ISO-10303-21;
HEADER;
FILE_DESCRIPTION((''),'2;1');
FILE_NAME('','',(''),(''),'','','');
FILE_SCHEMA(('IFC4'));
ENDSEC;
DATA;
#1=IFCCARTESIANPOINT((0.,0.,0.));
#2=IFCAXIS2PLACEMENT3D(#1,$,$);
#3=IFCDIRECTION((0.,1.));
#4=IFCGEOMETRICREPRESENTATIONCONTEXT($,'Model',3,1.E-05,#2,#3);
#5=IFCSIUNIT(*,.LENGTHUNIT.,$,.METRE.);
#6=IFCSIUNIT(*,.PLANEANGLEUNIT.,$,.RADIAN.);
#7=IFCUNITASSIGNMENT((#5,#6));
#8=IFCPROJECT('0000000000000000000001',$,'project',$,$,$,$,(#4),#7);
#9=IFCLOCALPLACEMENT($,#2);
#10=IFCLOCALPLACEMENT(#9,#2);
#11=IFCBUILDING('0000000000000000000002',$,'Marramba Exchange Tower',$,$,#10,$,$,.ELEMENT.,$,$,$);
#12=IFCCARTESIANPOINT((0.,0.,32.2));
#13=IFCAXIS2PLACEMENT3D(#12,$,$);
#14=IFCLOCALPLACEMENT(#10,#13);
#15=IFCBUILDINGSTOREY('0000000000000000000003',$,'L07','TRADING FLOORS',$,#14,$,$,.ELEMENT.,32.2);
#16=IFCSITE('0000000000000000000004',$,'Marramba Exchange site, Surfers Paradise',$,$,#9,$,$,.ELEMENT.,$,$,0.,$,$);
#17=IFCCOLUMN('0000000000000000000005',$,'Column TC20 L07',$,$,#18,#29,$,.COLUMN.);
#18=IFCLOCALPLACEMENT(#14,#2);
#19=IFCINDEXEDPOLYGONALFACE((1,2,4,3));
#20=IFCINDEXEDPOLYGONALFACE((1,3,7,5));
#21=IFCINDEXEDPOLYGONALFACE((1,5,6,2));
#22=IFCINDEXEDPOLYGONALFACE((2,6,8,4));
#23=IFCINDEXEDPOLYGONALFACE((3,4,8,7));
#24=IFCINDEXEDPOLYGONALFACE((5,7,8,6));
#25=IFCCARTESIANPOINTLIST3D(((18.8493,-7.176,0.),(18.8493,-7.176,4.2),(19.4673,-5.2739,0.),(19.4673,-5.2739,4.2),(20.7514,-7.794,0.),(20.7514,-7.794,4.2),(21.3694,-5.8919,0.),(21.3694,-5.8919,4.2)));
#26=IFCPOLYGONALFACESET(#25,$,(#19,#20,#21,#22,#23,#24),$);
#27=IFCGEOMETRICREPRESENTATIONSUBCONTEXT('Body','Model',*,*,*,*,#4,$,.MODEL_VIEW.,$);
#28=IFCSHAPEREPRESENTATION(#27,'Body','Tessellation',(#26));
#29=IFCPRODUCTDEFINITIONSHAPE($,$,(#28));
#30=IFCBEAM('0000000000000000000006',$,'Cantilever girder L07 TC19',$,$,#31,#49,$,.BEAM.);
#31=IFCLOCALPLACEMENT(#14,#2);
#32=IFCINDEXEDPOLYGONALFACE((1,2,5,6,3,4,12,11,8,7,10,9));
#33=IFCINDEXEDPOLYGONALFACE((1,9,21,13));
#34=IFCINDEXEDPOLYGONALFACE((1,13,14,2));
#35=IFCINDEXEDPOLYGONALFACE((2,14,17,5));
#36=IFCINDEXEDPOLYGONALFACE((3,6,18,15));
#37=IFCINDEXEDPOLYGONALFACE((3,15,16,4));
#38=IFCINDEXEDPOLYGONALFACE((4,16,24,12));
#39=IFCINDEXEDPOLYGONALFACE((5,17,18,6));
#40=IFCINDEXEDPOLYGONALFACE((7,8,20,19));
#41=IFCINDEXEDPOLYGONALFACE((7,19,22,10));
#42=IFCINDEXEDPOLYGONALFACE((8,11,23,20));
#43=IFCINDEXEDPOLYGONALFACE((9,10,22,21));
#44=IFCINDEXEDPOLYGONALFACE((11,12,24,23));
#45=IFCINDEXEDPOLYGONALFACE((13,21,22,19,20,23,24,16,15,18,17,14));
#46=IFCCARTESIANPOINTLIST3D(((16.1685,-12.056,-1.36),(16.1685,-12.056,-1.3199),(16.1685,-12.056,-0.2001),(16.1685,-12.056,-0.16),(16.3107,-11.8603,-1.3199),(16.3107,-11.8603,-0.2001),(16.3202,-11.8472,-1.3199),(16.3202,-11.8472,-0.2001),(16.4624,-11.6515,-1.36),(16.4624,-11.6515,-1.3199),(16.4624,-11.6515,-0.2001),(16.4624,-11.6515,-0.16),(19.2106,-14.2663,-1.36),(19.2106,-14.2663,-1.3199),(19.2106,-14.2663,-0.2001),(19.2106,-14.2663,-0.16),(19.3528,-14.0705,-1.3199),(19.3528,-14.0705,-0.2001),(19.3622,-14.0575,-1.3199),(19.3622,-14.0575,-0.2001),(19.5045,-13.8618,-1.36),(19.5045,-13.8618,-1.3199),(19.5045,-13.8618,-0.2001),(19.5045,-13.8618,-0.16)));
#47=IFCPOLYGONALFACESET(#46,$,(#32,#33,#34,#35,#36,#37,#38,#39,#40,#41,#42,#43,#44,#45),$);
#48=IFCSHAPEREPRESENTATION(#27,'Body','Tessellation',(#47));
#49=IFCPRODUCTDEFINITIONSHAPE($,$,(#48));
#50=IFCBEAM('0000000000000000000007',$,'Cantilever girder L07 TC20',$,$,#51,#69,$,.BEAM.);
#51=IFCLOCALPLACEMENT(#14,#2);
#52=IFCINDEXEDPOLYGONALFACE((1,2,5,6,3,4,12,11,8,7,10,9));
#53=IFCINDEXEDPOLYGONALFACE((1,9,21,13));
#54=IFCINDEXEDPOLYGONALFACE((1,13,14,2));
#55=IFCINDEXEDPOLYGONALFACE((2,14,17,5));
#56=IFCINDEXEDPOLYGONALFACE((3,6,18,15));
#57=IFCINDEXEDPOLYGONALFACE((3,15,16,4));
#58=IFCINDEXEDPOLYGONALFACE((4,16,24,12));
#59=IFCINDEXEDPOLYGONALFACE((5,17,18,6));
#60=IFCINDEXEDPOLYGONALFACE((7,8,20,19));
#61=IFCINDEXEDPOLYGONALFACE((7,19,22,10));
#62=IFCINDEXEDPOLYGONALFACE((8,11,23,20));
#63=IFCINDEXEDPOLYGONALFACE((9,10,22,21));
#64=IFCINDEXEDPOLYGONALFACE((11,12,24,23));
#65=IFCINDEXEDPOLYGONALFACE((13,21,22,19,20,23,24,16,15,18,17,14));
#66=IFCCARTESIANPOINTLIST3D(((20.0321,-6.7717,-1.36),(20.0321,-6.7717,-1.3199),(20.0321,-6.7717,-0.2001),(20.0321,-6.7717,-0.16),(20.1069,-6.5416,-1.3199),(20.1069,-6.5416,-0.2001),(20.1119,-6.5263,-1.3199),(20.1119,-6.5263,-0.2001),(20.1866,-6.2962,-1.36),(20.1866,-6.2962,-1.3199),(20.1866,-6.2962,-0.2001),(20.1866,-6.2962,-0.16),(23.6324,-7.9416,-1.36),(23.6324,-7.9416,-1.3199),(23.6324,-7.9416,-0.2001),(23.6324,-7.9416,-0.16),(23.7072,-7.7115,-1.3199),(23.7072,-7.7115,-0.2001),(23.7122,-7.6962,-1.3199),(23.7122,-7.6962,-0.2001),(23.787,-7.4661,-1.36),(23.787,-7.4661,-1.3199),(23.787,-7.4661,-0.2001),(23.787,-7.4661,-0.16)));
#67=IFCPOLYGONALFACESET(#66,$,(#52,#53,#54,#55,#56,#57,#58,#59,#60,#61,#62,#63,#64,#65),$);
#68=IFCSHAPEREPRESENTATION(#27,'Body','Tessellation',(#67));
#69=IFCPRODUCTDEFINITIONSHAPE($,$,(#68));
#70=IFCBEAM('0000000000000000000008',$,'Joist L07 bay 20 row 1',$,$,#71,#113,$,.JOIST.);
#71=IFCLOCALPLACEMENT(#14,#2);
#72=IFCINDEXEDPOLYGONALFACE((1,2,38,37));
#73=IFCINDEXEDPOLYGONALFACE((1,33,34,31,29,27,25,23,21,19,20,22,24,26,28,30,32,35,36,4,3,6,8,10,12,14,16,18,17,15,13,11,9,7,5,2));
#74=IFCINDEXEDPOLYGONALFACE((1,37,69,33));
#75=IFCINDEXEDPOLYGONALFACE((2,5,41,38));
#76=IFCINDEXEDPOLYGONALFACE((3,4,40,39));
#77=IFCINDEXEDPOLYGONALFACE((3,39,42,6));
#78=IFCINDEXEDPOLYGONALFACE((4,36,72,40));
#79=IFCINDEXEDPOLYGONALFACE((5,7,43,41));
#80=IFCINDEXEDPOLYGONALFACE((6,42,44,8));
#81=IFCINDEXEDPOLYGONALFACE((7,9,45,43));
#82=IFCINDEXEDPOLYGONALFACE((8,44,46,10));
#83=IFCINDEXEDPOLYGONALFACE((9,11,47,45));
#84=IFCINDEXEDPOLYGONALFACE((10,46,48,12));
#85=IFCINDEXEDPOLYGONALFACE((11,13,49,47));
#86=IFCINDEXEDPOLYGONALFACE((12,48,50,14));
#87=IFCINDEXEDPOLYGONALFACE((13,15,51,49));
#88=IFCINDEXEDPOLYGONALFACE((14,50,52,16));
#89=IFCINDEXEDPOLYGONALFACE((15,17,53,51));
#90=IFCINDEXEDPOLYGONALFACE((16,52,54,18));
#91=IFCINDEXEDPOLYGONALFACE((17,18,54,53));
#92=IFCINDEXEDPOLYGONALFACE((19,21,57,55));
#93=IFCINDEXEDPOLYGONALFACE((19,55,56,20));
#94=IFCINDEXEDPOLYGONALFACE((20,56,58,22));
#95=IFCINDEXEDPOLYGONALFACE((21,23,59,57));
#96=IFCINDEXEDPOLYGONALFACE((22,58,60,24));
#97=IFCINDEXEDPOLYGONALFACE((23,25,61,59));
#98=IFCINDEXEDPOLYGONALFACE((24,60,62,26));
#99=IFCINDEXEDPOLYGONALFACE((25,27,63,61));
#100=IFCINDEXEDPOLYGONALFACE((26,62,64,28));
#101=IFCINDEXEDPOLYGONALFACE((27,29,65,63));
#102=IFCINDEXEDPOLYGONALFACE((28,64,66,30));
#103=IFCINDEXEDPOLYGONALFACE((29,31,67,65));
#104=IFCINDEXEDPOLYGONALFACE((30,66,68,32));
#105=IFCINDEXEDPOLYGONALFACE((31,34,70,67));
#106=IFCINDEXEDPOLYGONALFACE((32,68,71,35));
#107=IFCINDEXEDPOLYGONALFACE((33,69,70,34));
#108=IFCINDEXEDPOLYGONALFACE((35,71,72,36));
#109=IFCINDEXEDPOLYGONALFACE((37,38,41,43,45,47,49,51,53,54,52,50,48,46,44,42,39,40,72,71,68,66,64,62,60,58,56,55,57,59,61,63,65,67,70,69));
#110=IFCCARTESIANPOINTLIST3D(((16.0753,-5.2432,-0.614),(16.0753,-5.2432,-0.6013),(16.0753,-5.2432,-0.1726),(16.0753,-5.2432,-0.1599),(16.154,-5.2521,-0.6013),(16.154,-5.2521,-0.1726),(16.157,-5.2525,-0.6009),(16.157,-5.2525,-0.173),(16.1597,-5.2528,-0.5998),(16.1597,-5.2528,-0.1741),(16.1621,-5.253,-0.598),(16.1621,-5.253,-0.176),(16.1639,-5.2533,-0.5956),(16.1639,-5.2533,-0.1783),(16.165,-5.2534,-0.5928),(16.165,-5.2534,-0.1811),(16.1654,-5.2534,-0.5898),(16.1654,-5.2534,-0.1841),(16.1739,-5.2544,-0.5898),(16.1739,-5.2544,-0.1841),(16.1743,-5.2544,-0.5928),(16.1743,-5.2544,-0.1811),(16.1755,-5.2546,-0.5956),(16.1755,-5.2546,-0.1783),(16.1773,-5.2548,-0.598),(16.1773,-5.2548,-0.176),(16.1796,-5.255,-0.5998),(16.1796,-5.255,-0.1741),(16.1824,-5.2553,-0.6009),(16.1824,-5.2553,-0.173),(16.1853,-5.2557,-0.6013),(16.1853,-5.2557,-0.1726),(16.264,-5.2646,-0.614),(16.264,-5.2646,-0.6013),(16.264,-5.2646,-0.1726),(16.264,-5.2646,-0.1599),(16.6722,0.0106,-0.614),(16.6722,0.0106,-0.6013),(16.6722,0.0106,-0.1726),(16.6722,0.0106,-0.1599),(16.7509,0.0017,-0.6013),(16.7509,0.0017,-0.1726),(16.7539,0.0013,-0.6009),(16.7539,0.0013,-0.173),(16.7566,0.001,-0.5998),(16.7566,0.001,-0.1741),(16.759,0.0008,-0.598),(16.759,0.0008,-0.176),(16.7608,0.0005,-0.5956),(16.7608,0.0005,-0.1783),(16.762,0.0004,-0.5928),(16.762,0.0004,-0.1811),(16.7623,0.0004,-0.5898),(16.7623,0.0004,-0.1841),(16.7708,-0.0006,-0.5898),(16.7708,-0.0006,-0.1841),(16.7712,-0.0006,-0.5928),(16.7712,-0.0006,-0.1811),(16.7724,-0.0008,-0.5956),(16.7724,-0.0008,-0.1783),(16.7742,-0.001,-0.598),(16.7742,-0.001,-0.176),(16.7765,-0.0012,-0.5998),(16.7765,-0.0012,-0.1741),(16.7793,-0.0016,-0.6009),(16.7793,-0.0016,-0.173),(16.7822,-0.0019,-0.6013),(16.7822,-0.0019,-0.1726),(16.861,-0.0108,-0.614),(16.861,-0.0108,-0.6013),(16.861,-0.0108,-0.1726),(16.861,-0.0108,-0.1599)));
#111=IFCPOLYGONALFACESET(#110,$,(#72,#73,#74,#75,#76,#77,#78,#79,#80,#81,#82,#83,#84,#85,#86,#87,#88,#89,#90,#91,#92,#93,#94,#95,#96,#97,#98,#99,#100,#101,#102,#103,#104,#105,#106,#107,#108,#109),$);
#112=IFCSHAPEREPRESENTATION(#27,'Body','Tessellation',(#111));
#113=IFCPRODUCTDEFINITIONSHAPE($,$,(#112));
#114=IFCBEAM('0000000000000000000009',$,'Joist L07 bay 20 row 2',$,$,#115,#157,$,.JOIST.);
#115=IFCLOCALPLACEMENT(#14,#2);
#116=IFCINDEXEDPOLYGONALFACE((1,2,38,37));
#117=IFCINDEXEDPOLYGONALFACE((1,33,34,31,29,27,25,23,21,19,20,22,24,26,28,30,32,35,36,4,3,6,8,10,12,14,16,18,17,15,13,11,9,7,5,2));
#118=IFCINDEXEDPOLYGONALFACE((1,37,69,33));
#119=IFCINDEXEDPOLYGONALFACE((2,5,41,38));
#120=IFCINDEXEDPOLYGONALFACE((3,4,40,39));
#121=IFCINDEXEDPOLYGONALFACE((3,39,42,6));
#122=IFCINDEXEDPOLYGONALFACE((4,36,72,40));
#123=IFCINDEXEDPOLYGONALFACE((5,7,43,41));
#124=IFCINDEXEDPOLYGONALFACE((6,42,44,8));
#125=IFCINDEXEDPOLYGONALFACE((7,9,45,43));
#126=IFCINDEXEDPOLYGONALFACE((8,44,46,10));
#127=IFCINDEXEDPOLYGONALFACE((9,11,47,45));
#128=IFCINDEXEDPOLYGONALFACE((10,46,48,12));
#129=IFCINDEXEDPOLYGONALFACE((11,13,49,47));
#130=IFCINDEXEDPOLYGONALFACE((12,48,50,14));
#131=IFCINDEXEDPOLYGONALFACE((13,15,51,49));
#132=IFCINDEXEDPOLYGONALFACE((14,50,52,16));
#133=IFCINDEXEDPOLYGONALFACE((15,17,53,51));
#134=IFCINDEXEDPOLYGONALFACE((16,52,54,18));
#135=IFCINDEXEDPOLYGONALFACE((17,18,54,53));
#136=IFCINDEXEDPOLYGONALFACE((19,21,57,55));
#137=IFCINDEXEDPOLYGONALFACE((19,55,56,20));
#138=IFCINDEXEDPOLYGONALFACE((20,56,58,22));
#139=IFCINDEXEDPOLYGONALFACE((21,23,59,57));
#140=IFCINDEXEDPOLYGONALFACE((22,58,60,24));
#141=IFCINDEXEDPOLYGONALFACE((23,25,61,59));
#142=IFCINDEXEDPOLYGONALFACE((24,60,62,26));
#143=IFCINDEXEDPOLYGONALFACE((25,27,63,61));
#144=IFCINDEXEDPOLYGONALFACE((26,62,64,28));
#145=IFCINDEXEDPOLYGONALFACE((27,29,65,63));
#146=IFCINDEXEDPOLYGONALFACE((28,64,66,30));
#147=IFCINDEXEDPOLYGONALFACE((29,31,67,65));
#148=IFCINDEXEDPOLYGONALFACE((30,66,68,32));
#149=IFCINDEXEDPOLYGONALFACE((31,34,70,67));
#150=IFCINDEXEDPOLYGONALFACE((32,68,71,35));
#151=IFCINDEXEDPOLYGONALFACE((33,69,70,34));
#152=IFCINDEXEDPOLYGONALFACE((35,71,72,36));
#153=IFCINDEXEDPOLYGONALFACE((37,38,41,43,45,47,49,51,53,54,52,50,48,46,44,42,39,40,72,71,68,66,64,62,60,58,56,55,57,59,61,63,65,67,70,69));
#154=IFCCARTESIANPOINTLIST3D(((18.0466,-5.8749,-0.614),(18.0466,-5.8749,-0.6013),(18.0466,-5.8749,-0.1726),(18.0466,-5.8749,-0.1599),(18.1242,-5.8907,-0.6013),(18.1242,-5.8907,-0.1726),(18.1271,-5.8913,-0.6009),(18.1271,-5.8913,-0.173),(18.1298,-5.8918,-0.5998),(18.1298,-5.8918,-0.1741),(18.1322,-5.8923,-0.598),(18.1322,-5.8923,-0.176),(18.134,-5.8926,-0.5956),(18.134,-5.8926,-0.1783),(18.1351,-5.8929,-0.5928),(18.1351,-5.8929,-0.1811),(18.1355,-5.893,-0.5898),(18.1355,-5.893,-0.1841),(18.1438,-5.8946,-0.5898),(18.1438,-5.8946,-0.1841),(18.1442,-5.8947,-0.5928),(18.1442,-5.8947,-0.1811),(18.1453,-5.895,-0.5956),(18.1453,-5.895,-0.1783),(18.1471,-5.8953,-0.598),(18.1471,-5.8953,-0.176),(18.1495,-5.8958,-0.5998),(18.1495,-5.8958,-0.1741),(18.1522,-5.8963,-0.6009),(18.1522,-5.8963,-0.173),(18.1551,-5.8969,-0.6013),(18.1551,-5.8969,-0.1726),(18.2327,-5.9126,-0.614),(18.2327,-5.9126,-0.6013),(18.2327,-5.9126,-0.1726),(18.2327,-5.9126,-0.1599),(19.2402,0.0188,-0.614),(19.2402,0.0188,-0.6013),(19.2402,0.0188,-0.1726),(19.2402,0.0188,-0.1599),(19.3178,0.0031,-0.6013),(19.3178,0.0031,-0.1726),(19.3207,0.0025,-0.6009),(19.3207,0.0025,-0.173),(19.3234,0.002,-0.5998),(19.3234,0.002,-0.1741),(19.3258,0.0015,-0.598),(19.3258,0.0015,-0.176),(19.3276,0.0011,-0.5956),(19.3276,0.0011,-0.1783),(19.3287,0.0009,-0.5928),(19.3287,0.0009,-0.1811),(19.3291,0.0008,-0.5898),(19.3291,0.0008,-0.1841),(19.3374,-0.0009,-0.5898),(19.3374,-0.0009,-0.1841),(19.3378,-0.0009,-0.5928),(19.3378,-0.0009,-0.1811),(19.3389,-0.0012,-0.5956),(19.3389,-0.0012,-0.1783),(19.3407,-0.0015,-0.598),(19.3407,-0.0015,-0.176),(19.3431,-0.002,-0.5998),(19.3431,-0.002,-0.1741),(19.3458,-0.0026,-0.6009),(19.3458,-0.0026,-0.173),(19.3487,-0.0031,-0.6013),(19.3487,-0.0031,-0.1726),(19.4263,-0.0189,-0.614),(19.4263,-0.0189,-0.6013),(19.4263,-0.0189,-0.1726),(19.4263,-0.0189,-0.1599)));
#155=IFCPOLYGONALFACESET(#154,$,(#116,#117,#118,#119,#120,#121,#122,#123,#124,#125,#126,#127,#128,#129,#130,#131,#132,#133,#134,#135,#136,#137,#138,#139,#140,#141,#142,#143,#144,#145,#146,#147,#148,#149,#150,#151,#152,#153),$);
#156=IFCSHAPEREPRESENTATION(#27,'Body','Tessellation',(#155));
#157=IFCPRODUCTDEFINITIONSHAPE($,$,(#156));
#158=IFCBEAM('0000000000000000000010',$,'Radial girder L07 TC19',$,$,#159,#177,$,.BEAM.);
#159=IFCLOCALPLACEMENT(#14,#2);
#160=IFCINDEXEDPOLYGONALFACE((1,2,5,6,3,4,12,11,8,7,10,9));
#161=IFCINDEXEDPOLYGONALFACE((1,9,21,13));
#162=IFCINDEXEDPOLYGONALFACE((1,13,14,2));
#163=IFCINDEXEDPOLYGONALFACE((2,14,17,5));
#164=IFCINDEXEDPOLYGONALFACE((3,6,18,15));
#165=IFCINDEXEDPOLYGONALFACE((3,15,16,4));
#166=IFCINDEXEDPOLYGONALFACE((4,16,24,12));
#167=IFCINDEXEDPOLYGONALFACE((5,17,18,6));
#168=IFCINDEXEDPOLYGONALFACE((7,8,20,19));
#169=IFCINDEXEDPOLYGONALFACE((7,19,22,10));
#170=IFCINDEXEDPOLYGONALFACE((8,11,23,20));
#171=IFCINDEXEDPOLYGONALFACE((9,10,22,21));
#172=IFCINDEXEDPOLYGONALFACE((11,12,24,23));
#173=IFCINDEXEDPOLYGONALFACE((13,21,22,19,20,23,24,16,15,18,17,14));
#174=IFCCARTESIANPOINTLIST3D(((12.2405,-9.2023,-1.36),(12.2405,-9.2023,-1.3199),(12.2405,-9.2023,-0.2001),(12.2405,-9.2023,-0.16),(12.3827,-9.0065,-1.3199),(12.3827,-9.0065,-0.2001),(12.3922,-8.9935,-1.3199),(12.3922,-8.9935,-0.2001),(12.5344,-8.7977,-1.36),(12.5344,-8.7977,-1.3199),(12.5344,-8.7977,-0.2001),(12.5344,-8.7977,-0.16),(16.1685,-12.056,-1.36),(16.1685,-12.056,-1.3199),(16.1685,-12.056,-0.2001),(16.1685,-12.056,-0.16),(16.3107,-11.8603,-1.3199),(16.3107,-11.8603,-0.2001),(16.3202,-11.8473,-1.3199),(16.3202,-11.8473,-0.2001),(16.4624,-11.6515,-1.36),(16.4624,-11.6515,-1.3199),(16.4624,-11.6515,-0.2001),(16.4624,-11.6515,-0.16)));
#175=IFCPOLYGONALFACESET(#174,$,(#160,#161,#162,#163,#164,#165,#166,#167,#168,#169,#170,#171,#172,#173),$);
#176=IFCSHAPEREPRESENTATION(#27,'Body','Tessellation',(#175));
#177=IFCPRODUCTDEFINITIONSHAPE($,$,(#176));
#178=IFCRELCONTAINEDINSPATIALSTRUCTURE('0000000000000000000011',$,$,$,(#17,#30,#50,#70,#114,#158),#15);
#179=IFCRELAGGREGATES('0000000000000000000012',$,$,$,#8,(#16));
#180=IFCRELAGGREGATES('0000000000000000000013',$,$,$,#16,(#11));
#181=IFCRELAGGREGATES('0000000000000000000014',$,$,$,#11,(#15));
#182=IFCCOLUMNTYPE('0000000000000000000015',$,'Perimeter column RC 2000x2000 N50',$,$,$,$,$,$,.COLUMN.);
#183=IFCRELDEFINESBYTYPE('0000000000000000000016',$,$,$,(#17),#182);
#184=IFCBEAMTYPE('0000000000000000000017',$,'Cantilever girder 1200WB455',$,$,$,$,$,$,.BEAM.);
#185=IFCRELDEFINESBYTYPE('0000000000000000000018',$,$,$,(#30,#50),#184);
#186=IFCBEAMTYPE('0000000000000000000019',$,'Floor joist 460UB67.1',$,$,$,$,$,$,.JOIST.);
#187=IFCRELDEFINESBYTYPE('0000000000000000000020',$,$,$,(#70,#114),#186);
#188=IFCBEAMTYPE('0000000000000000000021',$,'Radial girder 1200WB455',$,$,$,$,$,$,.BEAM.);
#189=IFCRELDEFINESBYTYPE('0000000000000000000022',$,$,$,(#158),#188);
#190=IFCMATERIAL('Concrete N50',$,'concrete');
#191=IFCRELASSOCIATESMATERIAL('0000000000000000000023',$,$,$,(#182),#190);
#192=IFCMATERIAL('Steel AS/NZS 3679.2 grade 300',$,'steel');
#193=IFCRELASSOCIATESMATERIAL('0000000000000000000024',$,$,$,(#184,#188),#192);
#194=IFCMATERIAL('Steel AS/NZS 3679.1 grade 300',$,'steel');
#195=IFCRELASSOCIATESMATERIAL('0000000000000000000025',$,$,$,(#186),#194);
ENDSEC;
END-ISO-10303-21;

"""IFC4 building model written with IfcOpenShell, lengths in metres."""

from ifc_helpers import new_model, si_unit, direction, frame, origin, origin_2d, place, context, subcontext, project, spatial, rectangle, i_section, extrude, material, material_profile, profile_set, type_object, element, save


model = new_model("IFC4")

# Units and contexts
model_context = context("Model", 3, precision=1e-05, world=origin(), true_north=direction((0.0, 1.0)))
body_context = subcontext(model_context, "Body", "Model", "MODEL_VIEW")
ifc_project = project(units=[si_unit("LENGTHUNIT", "METRE"), si_unit("PLANEANGLEUNIT", "RADIAN")], contexts=[model_context])

# Site, building, storey
site_placement = place(None, origin())
site = spatial("IfcSite", under=ifc_project, at=site_placement, Name="Marramba Exchange site, Surfers Paradise", CompositionType="ELEMENT", RefElevation=0.0)
building_placement = place(site_placement, origin())
building = spatial("IfcBuilding", under=site, at=building_placement, Name="Marramba Exchange Tower", CompositionType="ELEMENT")
storey_placement = place(building_placement, frame((0.0, 0.0, 32.2)))
storey = spatial("IfcBuildingStorey", under=building, at=storey_placement, Name="L07", Description="TRADING FLOORS", CompositionType="ELEMENT", Elevation=32.2)

# Column
ifc_material_1 = material(Name="Concrete N50", Category="concrete")
ifc_material_profile_1 = material_profile(ifc_material_1, rectangle(XDim=2.0, YDim=2.0, at=origin_2d()), Name="RC 2000x2000")
ifc_profile_set_1 = profile_set([ifc_material_profile_1], Name="Concrete N50")
column_type = type_object("IfcColumnType", Name="Perimeter column RC 2000x2000 N50", PredefinedType="COLUMN", material=ifc_profile_set_1)
column_placement = place(storey_placement, frame((20.1094, -6.5339, 0.0), z_axis=(0.0, 0.0, 1.0), x_axis=(0.951057, -0.309017, 0.0)))
element("IfcColumn", 1, at=column_placement, inside=storey, type_object=column_type, Name="Column TC20 L07", PredefinedType="COLUMN", context=body_context, shape_type="SweptSolid", body=[
    extrude(rectangle(XDim=2.0, YDim=2.0, at=origin_2d()), origin(), (0.0, 0.0, 1.0), 4.2),
])

# Beams
ifc_material_2 = material(Name="Steel AS/NZS 3679.2 grade 300", Category="steel")
ifc_material_profile_2 = material_profile(ifc_material_2, i_section(OverallWidth=0.5, OverallDepth=1.2, WebThickness=0.0161, FlangeThickness=0.04, at=origin_2d()), Name="1200WB455")
ifc_profile_set_2 = profile_set([ifc_material_profile_2], Name="Steel AS/NZS 3679.2 grade 300")
beam_type_1 = type_object("IfcBeamType", Name="Cantilever girder 1200WB455", PredefinedType="BEAM", material=ifc_profile_set_2)
beam_1_placement = place(storey_placement, frame((16.3154, -11.8538, -0.76), z_axis=(0.809008, -0.587797, 0.0), x_axis=(0.587797, 0.809008, 0.0)))
element("IfcBeam", 2, at=beam_1_placement, inside=storey, type_object=beam_type_1, Name="Cantilever girder L07 TC19", PredefinedType="BEAM", context=body_context, shape_type="SweptSolid", body=[
    extrude(i_section(OverallWidth=0.5, OverallDepth=1.2, WebThickness=0.0161, FlangeThickness=0.04, at=origin_2d()), origin(), (0.0, 0.0, 1.0), 3.7603),
])
beam_2_placement = place(storey_placement, frame((20.1094, -6.5339, -0.76), z_axis=(0.951049, -0.309041, 0.0), x_axis=(0.309041, 0.951049, 0.0)))
element("IfcBeam", 3, at=beam_2_placement, inside=storey, type_object=beam_type_1, Name="Cantilever girder L07 TC20", PredefinedType="BEAM", context=body_context, shape_type="SweptSolid", body=[
    extrude(i_section(OverallWidth=0.5, OverallDepth=1.2, WebThickness=0.0161, FlangeThickness=0.04, at=origin_2d()), origin(), (0.0, 0.0, 1.0), 3.7856),
])
ifc_material_3 = material(Name="Steel AS/NZS 3679.1 grade 300", Category="steel")
ifc_material_profile_3 = material_profile(ifc_material_3, i_section(OverallWidth=0.1899, OverallDepth=0.4541, WebThickness=0.0085, FlangeThickness=0.0127, FilletRadius=0.0115, at=origin_2d()), Name="460UB67.1")
ifc_profile_set_3 = profile_set([ifc_material_profile_3], Name="Steel AS/NZS 3679.1 grade 300")
beam_type_2 = type_object("IfcBeamType", Name="Floor joist 460UB67.1", PredefinedType="JOIST", material=ifc_profile_set_3)
beam_3_placement = place(storey_placement, frame((16.1697, -5.2539, -0.387), z_axis=(0.112889, 0.993608, 0.0), x_axis=(-0.993608, 0.112889, 0.0)))
element("IfcBeam", 4, at=beam_3_placement, inside=storey, type_object=beam_type_2, Name="Joist L07 bay 20 row 1", PredefinedType="JOIST", context=body_context, shape_type="SweptSolid", body=[
    extrude(i_section(OverallWidth=0.1899, OverallDepth=0.4541, WebThickness=0.0085, FlangeThickness=0.0127, FilletRadius=0.0115, at=origin_2d()), origin(), (0.0, 0.0, 1.0), 5.2876),
])
beam_4_placement = place(storey_placement, frame((18.1396, -5.8938, -0.387), z_axis=(0.198489, 0.980103, 0.0), x_axis=(-0.980103, 0.198489, 0.0)))
element("IfcBeam", 5, at=beam_4_placement, inside=storey, type_object=beam_type_2, Name="Joist L07 bay 20 row 2", PredefinedType="JOIST", context=body_context, shape_type="SweptSolid", body=[
    extrude(i_section(OverallWidth=0.1899, OverallDepth=0.4541, WebThickness=0.0085, FlangeThickness=0.0127, FilletRadius=0.0115, at=origin_2d()), origin(), (0.0, 0.0, 1.0), 6.0134),
])
ifc_material_profile_4 = material_profile(ifc_material_2, i_section(OverallWidth=0.5, OverallDepth=1.2, WebThickness=0.0161, FlangeThickness=0.04, at=origin_2d()), Name="1200WB455")
ifc_profile_set_4 = profile_set([ifc_material_profile_4], Name="Steel AS/NZS 3679.2 grade 300")
beam_type_3 = type_object("IfcBeamType", Name="Radial girder 1200WB455", PredefinedType="BEAM", material=ifc_profile_set_4)
beam_5_placement = place(storey_placement, frame((12.3875, -9.0, -0.76), z_axis=(0.809025, -0.587774, 0.0), x_axis=(0.587774, 0.809025, 0.0)))
element("IfcBeam", 6, at=beam_5_placement, inside=storey, type_object=beam_type_3, Name="Radial girder L07 TC19", PredefinedType="BEAM", context=body_context, shape_type="SweptSolid", body=[
    extrude(i_section(OverallWidth=0.5, OverallDepth=1.2, WebThickness=0.0161, FlangeThickness=0.04, at=origin_2d()), origin(), (0.0, 0.0, 1.0), 4.8552),
])

save(model, "model.ifc")
